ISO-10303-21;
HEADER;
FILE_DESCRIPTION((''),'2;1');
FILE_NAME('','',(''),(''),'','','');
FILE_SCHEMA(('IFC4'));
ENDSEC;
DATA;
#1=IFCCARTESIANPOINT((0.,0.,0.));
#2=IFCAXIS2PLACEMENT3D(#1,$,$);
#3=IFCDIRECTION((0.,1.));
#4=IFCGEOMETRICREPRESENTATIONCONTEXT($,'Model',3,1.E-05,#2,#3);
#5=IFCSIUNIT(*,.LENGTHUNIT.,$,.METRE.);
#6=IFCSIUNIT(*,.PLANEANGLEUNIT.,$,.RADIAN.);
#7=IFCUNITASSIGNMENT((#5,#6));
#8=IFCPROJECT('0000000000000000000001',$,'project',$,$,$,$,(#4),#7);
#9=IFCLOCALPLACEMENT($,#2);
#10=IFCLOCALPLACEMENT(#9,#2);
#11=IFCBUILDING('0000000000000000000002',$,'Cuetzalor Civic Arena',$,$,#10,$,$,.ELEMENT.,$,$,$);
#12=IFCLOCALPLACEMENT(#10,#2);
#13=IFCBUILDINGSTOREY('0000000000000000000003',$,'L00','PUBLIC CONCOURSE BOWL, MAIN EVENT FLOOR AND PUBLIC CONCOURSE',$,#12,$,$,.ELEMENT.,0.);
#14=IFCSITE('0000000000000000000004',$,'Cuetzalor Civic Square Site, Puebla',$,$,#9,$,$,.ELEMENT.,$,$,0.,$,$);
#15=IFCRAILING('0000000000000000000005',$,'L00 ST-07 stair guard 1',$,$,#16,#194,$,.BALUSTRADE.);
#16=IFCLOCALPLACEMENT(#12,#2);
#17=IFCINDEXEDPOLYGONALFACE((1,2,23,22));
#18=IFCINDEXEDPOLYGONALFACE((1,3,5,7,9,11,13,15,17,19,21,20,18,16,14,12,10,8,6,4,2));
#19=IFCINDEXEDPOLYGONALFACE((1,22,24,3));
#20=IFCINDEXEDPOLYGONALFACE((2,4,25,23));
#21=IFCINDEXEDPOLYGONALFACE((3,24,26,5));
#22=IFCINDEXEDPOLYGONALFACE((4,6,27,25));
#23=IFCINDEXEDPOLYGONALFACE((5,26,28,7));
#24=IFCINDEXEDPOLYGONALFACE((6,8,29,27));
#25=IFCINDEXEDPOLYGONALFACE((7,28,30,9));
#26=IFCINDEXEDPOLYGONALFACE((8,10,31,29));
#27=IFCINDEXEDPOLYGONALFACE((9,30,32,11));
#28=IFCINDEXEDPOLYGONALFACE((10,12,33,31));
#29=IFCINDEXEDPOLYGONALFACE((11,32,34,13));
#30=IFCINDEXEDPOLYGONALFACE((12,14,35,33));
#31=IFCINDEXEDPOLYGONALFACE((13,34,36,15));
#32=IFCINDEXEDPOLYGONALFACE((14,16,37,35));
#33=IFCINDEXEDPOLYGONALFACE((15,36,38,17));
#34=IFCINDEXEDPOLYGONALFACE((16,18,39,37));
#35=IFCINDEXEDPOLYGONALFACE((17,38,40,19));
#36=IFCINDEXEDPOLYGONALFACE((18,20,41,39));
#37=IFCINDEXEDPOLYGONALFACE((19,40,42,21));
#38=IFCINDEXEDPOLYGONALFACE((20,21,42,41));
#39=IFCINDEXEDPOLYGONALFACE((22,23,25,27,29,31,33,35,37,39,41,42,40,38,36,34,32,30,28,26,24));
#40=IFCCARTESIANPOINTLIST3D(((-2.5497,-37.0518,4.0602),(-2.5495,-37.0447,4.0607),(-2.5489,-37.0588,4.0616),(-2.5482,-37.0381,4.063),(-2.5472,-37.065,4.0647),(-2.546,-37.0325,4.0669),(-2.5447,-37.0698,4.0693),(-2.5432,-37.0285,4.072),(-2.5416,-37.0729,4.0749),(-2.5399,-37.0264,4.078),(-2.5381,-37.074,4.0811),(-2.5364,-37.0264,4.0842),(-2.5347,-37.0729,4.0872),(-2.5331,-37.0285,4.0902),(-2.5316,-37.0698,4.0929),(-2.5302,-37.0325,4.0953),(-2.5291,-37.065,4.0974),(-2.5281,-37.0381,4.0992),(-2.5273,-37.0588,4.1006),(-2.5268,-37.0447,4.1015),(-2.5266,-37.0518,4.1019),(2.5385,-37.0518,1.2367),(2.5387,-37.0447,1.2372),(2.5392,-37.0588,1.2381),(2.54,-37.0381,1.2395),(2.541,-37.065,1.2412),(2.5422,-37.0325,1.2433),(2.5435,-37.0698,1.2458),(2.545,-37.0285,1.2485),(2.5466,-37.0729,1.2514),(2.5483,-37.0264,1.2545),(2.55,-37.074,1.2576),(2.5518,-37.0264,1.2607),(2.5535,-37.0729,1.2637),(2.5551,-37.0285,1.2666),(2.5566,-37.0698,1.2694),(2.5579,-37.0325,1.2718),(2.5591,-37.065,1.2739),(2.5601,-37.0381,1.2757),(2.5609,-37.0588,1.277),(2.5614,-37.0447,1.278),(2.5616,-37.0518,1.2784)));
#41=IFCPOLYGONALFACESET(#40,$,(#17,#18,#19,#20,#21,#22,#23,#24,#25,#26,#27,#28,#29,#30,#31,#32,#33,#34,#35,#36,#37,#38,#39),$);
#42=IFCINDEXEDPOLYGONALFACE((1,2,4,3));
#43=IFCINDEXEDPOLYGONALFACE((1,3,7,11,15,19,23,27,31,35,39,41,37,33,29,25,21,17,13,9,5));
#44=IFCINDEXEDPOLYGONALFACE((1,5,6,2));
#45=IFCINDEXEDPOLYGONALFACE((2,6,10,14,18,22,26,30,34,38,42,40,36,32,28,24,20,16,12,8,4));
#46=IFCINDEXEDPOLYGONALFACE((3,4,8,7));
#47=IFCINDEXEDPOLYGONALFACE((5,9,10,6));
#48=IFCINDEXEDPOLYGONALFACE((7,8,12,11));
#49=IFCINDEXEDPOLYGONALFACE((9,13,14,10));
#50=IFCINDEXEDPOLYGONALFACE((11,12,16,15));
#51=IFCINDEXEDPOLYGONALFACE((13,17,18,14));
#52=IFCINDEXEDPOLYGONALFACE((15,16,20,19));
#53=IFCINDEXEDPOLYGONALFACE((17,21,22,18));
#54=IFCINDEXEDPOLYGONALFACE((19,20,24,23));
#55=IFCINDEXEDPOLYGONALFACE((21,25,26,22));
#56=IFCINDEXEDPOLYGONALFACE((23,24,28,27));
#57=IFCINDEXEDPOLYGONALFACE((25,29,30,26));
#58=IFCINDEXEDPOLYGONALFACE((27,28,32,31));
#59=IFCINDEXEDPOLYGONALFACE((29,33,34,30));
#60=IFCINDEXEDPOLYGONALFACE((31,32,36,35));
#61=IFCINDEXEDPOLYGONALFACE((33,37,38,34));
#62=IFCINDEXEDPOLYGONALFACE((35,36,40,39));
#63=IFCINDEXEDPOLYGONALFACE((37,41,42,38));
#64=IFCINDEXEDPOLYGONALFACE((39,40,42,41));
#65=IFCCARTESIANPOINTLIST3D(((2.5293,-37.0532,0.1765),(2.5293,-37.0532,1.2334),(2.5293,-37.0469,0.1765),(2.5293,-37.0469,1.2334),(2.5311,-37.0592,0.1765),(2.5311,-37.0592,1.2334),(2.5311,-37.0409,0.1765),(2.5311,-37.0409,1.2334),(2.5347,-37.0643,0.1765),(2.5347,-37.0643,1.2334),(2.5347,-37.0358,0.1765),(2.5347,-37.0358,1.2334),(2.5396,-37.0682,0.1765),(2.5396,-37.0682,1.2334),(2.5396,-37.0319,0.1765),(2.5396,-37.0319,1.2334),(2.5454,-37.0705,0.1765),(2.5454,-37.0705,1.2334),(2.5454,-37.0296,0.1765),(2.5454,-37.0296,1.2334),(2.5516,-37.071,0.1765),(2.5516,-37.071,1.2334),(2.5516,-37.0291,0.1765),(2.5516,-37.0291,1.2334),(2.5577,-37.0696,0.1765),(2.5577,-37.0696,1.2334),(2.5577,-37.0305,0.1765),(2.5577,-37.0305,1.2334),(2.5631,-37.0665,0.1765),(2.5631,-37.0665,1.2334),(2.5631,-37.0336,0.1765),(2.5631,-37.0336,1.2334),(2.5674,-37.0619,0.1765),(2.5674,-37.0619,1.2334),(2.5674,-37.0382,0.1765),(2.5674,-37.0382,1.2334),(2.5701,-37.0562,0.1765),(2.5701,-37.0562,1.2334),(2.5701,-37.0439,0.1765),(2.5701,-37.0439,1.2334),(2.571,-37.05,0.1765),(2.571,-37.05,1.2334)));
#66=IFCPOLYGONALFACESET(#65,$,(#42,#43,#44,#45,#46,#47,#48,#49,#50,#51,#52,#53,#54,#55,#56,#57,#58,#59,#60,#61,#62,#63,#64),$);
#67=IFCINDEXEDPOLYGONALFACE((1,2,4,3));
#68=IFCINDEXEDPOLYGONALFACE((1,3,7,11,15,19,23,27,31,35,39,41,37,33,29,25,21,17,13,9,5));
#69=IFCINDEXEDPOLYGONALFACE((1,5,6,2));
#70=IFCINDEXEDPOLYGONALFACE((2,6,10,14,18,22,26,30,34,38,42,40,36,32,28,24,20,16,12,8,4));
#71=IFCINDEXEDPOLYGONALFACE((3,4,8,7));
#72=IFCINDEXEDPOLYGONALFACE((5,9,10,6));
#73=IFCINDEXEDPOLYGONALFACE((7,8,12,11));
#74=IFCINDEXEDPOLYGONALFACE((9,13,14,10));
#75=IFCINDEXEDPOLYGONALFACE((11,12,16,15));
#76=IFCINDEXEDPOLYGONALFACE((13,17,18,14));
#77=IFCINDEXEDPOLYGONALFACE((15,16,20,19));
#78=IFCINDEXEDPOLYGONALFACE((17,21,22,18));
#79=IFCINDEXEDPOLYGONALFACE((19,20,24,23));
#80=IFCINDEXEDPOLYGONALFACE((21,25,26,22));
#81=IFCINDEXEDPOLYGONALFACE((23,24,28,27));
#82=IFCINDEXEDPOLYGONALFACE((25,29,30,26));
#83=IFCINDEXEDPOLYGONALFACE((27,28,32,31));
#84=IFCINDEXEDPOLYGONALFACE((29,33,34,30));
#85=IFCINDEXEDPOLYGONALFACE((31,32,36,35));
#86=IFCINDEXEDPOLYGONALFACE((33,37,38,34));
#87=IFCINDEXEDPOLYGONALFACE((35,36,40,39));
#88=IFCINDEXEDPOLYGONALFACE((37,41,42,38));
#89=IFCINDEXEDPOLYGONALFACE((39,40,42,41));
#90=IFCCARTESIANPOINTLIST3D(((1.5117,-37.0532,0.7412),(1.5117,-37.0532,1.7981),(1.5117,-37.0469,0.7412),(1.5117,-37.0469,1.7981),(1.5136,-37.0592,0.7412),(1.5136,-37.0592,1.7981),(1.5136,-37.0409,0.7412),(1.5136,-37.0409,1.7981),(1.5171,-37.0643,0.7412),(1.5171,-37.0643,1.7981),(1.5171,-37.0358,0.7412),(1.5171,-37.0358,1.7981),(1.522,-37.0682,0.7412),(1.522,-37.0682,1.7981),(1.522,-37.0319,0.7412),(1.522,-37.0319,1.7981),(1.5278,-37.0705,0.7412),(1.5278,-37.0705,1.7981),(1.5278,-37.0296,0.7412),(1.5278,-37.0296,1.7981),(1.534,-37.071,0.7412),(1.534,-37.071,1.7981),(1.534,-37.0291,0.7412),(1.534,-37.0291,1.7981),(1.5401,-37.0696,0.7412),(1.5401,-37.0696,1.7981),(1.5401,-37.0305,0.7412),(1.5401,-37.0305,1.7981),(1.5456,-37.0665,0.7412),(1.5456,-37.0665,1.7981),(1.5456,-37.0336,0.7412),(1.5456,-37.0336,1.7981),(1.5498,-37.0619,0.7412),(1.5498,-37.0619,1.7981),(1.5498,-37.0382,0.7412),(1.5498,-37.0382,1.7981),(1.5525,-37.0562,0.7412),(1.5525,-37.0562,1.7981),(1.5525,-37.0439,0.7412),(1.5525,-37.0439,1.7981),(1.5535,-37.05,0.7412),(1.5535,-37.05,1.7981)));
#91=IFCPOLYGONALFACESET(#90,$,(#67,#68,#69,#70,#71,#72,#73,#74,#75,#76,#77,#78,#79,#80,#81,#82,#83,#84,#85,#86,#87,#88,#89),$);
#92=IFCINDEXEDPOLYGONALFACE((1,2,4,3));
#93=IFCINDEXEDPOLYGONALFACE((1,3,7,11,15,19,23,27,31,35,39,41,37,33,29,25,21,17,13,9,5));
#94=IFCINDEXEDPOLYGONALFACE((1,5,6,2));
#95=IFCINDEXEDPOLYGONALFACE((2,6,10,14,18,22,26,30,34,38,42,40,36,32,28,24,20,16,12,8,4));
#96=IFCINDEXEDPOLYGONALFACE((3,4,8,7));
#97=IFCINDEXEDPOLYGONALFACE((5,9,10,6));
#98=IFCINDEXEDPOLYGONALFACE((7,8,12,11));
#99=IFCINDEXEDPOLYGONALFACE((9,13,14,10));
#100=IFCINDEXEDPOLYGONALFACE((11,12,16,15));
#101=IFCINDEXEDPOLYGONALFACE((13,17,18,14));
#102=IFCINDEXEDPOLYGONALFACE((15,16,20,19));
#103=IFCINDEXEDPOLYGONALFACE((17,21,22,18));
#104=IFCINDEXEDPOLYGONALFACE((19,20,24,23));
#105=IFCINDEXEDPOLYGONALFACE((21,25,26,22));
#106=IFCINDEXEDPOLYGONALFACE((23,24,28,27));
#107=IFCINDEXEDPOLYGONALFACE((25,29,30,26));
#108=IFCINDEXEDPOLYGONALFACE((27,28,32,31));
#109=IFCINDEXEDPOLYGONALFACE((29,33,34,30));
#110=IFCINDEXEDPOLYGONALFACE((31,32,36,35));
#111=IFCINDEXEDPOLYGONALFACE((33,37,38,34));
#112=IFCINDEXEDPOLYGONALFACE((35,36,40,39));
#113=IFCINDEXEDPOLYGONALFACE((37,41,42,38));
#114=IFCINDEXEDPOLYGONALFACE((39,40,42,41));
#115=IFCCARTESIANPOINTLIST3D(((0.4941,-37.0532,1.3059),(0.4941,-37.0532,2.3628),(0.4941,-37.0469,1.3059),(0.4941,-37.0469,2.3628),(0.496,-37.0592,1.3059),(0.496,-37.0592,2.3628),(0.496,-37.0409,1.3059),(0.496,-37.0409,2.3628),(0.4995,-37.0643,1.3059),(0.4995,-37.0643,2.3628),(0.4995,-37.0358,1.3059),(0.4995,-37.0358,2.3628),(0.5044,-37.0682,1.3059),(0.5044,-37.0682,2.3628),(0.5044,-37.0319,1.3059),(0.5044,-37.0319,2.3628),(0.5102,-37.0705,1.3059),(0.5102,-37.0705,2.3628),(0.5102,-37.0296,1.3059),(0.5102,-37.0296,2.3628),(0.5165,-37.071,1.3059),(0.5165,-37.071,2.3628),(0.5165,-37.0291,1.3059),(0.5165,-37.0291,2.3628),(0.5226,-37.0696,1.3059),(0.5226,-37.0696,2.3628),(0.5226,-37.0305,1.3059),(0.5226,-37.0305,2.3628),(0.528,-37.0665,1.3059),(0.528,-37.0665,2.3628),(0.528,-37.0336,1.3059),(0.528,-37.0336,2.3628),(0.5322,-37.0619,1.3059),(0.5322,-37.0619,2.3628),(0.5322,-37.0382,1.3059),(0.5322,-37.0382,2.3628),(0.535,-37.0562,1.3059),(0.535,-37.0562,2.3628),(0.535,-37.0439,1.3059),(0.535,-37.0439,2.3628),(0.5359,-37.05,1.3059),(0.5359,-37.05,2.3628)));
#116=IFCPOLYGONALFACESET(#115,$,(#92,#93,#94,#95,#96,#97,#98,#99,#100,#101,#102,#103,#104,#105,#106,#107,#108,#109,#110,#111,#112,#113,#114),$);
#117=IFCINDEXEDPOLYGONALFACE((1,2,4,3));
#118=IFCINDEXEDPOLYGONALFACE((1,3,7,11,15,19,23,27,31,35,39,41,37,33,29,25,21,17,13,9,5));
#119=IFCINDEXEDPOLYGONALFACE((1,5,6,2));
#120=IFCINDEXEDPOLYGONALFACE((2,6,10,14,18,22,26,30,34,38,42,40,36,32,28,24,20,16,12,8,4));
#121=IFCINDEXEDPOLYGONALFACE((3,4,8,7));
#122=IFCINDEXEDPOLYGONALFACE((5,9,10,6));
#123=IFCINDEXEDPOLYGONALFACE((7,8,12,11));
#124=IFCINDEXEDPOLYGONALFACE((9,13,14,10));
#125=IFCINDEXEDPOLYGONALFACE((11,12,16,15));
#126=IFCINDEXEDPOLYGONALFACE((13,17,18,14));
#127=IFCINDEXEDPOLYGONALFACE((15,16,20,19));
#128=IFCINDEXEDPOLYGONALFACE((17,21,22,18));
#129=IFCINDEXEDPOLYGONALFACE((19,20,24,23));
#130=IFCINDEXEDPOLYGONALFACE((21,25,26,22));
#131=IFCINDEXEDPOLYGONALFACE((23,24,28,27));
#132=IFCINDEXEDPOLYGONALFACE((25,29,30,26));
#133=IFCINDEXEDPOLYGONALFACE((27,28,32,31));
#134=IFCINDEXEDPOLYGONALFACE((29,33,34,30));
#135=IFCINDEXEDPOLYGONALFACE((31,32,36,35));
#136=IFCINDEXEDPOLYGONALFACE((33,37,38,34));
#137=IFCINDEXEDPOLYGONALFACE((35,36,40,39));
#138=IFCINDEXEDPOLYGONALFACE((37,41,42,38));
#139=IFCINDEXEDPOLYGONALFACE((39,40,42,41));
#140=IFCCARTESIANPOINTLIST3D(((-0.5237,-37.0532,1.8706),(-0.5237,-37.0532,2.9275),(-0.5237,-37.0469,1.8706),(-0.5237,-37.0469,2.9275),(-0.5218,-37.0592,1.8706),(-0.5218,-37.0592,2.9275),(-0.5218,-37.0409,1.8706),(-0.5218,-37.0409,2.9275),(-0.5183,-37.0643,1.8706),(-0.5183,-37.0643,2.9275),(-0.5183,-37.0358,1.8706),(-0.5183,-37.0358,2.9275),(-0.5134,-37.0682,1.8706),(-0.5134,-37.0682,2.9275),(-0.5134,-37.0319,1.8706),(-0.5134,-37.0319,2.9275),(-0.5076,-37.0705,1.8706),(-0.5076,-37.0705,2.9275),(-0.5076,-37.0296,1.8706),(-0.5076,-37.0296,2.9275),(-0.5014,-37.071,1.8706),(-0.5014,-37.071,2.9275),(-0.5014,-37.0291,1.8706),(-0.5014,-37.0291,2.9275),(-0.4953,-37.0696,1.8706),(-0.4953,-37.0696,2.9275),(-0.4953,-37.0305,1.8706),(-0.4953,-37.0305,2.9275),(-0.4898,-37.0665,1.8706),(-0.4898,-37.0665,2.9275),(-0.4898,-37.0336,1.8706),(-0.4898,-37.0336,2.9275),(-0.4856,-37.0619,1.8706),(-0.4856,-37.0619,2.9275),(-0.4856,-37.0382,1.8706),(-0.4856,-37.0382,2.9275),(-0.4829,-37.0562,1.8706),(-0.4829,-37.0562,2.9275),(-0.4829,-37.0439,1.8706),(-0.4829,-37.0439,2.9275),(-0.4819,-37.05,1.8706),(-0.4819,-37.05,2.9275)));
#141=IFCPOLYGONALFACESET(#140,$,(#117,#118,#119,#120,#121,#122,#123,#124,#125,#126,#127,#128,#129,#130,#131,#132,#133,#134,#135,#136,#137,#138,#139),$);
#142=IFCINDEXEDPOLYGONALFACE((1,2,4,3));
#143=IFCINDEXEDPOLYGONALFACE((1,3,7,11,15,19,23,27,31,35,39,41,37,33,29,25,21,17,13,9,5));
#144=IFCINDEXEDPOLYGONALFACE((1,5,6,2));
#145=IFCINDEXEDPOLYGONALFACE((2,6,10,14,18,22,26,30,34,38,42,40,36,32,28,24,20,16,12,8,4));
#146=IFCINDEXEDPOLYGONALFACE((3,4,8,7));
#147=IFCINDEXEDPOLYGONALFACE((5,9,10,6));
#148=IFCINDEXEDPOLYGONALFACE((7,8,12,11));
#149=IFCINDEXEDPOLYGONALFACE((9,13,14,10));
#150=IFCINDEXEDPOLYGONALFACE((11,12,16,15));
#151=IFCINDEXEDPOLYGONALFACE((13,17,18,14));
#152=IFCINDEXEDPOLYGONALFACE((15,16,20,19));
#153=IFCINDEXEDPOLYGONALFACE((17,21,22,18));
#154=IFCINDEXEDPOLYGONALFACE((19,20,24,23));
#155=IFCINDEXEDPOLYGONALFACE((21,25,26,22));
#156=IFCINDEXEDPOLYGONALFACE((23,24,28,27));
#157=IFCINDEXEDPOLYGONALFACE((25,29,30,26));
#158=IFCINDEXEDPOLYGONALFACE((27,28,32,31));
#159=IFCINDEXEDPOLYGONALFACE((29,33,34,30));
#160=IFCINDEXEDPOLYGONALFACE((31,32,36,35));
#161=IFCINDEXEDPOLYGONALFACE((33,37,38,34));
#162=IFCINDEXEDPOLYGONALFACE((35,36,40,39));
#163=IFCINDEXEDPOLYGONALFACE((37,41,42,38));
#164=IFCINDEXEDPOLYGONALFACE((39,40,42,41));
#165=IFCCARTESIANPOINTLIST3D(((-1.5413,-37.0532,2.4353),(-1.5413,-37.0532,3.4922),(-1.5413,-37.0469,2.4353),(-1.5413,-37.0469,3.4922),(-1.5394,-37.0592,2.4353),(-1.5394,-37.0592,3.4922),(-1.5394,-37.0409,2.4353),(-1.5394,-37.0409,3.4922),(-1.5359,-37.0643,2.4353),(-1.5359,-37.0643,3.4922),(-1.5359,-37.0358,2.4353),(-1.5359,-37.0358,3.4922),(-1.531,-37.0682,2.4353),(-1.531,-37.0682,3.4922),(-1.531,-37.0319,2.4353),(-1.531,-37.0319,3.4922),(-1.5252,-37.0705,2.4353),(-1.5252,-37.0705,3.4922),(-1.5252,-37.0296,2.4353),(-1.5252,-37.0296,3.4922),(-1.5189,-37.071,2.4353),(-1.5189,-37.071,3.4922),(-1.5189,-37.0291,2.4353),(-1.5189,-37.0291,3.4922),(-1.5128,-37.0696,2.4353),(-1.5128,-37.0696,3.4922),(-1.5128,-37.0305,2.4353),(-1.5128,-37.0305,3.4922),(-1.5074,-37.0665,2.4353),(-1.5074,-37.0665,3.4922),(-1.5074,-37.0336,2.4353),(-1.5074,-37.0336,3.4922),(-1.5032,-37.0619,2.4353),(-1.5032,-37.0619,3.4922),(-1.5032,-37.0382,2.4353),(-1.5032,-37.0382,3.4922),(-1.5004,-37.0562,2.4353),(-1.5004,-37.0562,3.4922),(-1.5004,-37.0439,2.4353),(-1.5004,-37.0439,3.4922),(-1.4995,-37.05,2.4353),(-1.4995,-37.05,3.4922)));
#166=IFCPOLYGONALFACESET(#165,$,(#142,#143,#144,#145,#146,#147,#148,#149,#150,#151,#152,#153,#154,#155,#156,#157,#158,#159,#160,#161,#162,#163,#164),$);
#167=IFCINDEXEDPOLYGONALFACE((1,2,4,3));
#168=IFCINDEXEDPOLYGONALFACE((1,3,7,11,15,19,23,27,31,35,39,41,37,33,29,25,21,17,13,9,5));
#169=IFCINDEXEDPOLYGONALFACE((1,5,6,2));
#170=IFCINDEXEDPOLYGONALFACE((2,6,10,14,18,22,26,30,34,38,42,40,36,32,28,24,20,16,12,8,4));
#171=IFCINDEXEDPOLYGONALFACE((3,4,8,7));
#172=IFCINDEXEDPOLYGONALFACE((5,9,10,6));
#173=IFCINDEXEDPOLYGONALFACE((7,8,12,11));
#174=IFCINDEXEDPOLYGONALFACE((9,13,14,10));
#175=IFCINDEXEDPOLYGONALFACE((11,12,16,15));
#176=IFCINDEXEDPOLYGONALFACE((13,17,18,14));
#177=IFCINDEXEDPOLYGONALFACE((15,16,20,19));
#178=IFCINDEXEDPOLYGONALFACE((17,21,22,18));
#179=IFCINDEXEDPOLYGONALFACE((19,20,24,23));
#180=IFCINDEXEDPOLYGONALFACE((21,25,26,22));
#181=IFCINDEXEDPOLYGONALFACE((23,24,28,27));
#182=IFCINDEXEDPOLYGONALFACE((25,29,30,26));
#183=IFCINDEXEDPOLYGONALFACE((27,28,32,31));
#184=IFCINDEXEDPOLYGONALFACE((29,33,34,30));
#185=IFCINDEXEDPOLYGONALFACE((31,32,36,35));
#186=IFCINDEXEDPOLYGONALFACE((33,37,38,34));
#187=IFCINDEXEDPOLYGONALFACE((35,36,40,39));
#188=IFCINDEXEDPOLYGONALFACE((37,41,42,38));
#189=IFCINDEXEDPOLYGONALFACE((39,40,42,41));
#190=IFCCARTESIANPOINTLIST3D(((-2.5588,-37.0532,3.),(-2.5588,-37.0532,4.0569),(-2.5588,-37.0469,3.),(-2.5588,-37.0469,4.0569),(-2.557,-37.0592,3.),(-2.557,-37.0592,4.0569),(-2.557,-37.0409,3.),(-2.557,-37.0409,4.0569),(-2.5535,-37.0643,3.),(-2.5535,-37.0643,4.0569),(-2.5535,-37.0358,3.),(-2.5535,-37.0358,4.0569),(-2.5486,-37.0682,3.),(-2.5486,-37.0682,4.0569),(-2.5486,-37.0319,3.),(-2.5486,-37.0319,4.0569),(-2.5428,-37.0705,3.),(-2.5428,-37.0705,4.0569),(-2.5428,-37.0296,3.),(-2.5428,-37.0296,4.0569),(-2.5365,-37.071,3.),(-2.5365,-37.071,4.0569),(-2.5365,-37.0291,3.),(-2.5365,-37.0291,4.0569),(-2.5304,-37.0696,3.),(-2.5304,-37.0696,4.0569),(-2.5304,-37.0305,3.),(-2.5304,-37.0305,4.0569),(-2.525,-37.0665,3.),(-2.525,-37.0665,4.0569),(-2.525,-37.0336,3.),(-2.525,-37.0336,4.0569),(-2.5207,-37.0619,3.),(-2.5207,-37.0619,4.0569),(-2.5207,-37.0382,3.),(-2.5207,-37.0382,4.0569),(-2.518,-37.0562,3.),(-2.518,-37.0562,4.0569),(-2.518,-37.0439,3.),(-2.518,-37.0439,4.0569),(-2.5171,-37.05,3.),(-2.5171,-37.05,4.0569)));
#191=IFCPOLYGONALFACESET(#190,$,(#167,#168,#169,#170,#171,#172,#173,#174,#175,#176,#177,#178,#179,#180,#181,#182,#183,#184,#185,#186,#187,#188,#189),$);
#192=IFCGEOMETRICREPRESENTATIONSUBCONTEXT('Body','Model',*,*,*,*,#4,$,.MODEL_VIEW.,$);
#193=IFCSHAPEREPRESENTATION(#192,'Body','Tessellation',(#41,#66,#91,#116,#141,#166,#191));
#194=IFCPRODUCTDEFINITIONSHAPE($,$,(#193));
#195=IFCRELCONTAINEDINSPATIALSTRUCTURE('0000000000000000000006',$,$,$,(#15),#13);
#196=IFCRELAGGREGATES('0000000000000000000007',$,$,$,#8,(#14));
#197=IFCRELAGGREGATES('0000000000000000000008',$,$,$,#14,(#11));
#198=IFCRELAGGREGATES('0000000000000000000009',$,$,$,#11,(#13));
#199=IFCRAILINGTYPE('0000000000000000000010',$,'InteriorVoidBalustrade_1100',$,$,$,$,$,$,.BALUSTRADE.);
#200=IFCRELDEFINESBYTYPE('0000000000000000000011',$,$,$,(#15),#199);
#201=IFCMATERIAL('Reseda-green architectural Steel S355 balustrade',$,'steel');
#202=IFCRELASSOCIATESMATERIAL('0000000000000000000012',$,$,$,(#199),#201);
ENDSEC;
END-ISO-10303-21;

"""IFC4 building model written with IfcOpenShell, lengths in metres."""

from ifc_helpers import new_model, si_unit, direction, frame, origin, origin_2d, place, context, subcontext, project, spatial, circle, extrude, material, type_object, element, save


model = new_model("IFC4")

# Units and contexts
model_context = context("Model", 3, precision=1e-05, world=origin(), true_north=direction((0.0, 1.0)))
body_context = subcontext(model_context, "Body", "Model", "MODEL_VIEW")
ifc_project = project(units=[si_unit("LENGTHUNIT", "METRE"), si_unit("PLANEANGLEUNIT", "RADIAN")], contexts=[model_context])

# Site, building, storey
site_placement = place(None, origin())
site = spatial("IfcSite", under=ifc_project, at=site_placement, Name="Cuetzalor Civic Square Site, Puebla", CompositionType="ELEMENT", RefElevation=0.0)
building_placement = place(site_placement, origin())
building = spatial("IfcBuilding", under=site, at=building_placement, Name="Cuetzalor Civic Arena", CompositionType="ELEMENT")
storey_placement = place(building_placement, origin())
storey = spatial("IfcBuildingStorey", under=building, at=storey_placement, Name="L00", Description="PUBLIC CONCOURSE BOWL, MAIN EVENT FLOOR AND PUBLIC CONCOURSE", CompositionType="ELEMENT", Elevation=0.0)

# Railing
ifc_material_1 = material(Name="Reseda-green architectural Steel S355 balustrade", Category="steel")
railing_type_1 = type_object("IfcRailingType", Name="InteriorVoidBalustrade_1100", PredefinedType="BALUSTRADE", material=ifc_material_1)
railing_1_placement = place(storey_placement, frame((2.55, -37.05, 0.1765)))
element("IfcRailing", 1, at=railing_1_placement, inside=storey, type_object=railing_type_1, Name="L00 ST-07 stair guard 1", PredefinedType="BALUSTRADE", context=body_context, shape_type="SweptSolid", body=[
    extrude(circle(Radius=0.0239, at=origin_2d()), frame((0.0, 0.0, 1.0811), z_axis=(-0.874395, 0.0, 0.485215), x_axis=(0.0, -1.0, 0.0)), (0.0, 0.0, 1.0), 5.8191),
    extrude(circle(Radius=0.021, at=origin_2d()), origin(), (0.0, 0.0, 1.0), 1.0569),
    extrude(circle(Radius=0.021, at=origin_2d()), frame((-1.0176, 0.0, 0.5647)), (0.0, 0.0, 1.0), 1.0569),
    extrude(circle(Radius=0.021, at=origin_2d()), frame((-2.0352, 0.0, 1.1294)), (0.0, 0.0, 1.0), 1.0569),
    extrude(circle(Radius=0.021, at=origin_2d()), frame((-3.053, 0.0, 1.6941)), (0.0, 0.0, 1.0), 1.0569),
    extrude(circle(Radius=0.021, at=origin_2d()), frame((-4.0706, 0.0, 2.2588)), (0.0, 0.0, 1.0), 1.0569),
    extrude(circle(Radius=0.021, at=origin_2d()), frame((-5.0881, 0.0, 2.8235)), (0.0, 0.0, 1.0), 1.0569),
])

save(model, "model.ifc")
